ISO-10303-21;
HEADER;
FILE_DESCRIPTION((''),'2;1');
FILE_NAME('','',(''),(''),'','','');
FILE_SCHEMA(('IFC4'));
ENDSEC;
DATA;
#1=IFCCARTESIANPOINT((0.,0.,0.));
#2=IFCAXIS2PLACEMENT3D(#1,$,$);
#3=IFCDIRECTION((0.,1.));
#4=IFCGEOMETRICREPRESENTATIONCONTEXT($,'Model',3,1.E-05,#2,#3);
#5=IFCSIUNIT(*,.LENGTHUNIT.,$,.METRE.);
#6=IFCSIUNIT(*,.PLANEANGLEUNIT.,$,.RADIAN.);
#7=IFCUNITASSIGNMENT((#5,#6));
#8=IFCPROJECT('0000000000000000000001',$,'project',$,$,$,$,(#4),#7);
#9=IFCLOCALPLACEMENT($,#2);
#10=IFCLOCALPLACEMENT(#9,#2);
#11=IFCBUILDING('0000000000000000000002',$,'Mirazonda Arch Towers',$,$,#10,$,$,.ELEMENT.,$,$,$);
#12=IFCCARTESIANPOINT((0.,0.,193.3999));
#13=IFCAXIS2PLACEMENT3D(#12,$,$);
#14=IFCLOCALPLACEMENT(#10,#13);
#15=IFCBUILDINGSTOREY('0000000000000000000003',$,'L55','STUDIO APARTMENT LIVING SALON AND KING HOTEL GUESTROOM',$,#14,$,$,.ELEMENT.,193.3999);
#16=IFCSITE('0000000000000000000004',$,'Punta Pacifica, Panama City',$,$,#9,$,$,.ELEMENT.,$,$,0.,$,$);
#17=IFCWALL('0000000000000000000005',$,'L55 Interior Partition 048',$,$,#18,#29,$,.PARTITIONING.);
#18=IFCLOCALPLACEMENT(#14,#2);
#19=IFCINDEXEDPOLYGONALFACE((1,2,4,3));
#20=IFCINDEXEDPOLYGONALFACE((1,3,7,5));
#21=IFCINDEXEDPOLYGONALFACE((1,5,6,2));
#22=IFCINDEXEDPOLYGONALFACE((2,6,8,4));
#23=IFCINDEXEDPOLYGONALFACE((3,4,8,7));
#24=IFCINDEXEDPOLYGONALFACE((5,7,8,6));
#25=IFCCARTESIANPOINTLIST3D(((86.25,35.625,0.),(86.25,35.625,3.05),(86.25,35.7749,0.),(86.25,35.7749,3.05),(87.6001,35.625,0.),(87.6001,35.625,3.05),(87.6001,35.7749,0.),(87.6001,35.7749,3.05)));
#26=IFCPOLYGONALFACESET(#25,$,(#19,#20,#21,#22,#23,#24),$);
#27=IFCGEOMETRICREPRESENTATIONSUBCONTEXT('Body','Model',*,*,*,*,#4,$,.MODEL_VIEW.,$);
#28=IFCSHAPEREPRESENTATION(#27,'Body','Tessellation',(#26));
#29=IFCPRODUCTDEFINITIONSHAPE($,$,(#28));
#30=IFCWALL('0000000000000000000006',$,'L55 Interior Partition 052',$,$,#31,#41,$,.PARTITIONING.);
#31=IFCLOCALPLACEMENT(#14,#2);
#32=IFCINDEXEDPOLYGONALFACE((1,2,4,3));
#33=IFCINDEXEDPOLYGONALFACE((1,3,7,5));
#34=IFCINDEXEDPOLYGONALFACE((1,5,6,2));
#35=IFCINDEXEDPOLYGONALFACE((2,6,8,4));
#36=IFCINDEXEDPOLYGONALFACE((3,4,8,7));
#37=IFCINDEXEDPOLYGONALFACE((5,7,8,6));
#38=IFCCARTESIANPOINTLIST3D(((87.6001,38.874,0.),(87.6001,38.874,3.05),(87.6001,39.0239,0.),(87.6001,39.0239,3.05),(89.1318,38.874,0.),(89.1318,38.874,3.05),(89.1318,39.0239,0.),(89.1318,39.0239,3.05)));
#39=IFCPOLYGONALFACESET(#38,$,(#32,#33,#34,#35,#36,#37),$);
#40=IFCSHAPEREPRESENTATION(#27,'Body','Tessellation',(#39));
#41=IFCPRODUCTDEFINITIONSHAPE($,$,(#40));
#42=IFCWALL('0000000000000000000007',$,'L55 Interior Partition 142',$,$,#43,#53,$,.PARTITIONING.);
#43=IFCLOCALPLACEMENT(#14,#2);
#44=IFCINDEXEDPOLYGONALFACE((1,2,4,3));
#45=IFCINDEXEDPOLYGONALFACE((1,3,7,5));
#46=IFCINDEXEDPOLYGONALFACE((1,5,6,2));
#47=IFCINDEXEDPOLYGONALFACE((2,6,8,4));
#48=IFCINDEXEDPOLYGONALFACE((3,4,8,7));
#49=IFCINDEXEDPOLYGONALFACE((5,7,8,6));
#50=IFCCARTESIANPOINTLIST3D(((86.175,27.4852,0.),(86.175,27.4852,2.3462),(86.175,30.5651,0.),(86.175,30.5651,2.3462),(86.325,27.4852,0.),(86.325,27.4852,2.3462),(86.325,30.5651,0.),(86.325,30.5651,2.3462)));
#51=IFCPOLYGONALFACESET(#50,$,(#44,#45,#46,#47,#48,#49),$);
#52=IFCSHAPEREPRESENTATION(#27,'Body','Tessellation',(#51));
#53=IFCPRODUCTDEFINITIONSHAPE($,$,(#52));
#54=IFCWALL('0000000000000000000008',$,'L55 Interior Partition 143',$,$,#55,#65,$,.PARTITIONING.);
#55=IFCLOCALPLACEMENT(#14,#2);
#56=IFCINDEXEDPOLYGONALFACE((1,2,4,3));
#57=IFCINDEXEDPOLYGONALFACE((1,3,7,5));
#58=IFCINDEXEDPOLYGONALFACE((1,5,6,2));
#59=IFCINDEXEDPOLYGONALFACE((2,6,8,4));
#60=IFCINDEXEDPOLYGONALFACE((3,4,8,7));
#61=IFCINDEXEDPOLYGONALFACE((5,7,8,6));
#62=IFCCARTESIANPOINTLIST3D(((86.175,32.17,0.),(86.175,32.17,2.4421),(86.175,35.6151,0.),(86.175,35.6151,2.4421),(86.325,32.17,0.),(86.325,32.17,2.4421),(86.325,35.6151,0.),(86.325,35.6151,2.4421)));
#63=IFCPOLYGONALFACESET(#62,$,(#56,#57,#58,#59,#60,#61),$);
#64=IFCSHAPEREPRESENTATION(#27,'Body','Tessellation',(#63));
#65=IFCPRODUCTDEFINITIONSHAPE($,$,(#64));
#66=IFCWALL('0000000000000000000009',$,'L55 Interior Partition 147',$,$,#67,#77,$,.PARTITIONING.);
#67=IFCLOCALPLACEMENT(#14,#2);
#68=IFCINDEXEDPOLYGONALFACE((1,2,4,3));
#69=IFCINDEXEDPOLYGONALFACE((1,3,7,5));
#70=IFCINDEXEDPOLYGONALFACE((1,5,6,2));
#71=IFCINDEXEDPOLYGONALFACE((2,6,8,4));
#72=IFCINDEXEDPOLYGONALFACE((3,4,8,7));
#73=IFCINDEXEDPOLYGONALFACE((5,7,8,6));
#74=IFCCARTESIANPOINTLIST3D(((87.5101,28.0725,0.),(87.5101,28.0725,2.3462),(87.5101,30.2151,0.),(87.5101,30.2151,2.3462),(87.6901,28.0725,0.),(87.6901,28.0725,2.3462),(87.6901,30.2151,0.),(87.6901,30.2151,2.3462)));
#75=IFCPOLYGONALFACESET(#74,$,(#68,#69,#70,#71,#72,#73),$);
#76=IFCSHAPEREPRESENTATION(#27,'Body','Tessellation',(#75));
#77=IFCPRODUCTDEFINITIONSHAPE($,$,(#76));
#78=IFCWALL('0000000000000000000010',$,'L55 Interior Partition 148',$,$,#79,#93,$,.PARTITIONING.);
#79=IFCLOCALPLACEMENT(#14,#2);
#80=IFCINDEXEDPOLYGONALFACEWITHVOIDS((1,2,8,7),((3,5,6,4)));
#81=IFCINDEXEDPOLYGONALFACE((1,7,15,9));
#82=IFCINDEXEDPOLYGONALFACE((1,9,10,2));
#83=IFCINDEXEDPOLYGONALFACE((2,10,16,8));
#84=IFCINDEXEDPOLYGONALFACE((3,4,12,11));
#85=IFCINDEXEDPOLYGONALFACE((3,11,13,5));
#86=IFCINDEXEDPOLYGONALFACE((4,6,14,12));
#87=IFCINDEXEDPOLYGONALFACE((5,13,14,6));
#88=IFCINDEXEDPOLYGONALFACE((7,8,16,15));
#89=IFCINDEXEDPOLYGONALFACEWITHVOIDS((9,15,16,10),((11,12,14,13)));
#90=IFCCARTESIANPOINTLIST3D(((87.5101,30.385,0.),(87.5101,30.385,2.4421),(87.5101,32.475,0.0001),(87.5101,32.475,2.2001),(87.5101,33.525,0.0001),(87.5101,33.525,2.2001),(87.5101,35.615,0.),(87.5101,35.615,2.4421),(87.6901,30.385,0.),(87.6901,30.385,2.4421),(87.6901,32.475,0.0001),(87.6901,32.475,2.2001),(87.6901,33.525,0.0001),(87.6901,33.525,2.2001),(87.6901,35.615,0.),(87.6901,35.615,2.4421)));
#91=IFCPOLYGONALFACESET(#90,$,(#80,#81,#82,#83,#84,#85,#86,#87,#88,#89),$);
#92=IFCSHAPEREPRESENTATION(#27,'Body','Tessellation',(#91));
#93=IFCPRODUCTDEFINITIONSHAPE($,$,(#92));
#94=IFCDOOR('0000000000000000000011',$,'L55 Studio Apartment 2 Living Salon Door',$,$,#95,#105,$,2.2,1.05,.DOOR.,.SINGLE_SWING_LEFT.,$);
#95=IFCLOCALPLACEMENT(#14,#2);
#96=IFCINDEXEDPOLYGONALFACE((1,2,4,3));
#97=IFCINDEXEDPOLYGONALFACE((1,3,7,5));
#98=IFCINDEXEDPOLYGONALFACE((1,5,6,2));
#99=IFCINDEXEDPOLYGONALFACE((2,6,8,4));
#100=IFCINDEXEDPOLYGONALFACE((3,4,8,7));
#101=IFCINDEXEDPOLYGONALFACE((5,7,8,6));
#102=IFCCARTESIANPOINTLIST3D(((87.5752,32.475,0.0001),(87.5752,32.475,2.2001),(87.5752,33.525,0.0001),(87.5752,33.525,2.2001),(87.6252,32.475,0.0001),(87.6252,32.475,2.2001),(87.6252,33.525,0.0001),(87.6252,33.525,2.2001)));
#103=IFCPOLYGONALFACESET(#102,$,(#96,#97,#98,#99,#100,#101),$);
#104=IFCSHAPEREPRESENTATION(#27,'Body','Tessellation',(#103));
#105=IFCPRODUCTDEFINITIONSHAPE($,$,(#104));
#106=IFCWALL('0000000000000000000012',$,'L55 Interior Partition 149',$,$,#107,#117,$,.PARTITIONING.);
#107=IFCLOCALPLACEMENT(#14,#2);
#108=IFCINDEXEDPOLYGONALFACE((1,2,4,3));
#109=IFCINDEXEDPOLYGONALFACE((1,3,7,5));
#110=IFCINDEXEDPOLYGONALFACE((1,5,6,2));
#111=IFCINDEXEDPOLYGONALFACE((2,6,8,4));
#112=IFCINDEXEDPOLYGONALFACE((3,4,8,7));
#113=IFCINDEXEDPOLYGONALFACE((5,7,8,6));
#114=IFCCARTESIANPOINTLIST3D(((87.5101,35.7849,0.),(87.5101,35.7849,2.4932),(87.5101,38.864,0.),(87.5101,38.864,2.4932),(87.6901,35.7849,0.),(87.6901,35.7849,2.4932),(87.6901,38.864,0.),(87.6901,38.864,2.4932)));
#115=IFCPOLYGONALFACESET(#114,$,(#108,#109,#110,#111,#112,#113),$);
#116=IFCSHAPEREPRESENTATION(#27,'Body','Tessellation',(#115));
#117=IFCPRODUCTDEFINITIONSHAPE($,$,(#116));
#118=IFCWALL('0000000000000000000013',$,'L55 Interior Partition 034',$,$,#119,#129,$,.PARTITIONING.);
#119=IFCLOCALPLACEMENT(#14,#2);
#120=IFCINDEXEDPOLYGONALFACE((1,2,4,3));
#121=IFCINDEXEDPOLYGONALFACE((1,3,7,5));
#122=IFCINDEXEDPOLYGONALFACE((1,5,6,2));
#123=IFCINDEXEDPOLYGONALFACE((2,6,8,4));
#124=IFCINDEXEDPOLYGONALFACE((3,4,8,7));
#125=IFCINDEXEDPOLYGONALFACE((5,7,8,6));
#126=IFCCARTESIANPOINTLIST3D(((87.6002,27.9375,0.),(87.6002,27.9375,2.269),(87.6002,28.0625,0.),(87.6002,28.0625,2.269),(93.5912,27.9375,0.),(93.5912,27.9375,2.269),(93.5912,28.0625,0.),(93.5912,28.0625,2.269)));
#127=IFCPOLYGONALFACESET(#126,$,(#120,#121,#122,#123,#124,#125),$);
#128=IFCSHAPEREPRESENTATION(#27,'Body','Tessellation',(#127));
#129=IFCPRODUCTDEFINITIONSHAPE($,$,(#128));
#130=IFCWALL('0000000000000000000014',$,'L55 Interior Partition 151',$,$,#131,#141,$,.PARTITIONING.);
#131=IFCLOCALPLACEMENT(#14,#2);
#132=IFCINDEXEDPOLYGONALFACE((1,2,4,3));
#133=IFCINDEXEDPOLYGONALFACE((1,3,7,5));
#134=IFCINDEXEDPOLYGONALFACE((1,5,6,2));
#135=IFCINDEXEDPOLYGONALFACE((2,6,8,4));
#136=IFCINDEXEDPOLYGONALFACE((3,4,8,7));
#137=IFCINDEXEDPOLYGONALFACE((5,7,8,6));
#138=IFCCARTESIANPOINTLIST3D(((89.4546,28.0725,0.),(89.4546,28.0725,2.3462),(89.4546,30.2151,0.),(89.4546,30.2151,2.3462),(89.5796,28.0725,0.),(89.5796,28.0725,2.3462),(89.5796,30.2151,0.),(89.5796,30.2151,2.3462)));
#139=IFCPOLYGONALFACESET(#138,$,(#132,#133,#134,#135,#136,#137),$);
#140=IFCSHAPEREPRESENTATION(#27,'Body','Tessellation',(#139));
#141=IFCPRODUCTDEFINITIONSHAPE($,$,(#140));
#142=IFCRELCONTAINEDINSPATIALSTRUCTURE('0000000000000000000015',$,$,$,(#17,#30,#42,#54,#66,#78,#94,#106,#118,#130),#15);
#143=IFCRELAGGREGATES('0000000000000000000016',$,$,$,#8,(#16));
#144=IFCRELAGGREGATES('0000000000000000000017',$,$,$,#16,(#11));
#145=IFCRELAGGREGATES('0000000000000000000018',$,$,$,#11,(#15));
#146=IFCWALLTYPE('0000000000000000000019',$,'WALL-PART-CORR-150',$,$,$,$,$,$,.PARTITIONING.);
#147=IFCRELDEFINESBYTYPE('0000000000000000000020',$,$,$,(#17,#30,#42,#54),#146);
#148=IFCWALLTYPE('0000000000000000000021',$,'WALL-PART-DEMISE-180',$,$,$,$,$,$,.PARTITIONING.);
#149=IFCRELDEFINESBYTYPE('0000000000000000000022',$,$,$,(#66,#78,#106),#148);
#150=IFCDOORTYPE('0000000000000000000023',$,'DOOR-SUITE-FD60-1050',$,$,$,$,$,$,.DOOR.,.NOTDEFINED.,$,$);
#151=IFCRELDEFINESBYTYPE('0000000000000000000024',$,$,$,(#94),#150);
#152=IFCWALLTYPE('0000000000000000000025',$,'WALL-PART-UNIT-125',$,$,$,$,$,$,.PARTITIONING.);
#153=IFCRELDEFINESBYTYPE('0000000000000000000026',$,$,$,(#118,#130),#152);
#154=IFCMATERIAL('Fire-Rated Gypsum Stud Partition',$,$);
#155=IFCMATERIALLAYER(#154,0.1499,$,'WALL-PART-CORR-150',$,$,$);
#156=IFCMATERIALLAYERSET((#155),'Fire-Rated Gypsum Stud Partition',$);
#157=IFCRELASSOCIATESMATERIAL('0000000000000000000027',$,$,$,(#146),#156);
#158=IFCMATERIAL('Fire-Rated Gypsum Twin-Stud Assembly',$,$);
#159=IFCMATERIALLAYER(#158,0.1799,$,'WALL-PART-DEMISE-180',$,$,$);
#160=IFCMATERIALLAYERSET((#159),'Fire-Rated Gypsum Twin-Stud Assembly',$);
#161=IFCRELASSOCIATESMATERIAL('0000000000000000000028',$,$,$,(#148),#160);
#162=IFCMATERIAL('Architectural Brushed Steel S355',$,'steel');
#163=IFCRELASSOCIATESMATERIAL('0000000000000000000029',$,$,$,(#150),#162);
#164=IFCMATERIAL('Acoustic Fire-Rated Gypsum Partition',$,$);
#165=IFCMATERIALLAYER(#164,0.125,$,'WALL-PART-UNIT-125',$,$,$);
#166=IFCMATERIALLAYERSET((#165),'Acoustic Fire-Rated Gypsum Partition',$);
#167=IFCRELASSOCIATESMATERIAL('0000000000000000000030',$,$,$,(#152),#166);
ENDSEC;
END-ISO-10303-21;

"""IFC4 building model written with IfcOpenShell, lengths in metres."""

from ifc_helpers import new_model, si_unit, direction, frame, frame_2d, origin, place, context, subcontext, project, spatial, rectangle, extrude, material, layer, layer_set, type_object, element, fill, save


model = new_model("IFC4")

# Units and contexts
model_context = context("Model", 3, precision=1e-05, world=origin(), true_north=direction((0.0, 1.0)))
body_context = subcontext(model_context, "Body", "Model", "MODEL_VIEW")
ifc_project = project(units=[si_unit("LENGTHUNIT", "METRE"), si_unit("PLANEANGLEUNIT", "RADIAN")], contexts=[model_context])

# Site, building, storey
site_placement = place(None, origin())
site = spatial("IfcSite", under=ifc_project, at=site_placement, Name="Punta Pacifica, Panama City", CompositionType="ELEMENT", RefElevation=0.0)
building_placement = place(site_placement, origin())
building = spatial("IfcBuilding", under=site, at=building_placement, Name="Mirazonda Arch Towers", CompositionType="ELEMENT")
storey_placement = place(building_placement, frame((0.0, 0.0, 193.3999)))
storey = spatial("IfcBuildingStorey", under=building, at=storey_placement, Name="L55", Description="STUDIO APARTMENT LIVING SALON AND KING HOTEL GUESTROOM", CompositionType="ELEMENT", Elevation=193.3999)

# Shared definitions
ifc_material_1 = material(Name="Fire-Rated Gypsum Stud Partition")
ifc_layer_1 = layer(ifc_material_1, 0.1499, Name="WALL-PART-CORR-150")
ifc_layer_set_1 = layer_set([ifc_layer_1], Name="Fire-Rated Gypsum Stud Partition")
wall_type_1 = type_object("IfcWallType", Name="WALL-PART-CORR-150", PredefinedType="PARTITIONING", material=ifc_layer_set_1)
ifc_material_2 = material(Name="Architectural Brushed Steel S355", Category="steel")

# Walls
wall_1_placement = place(storey_placement, frame((86.25, 35.7, 0.0), z_axis=(0.0, 0.0, 1.0), x_axis=(1.0, 0.0, 0.0)))
element("IfcWall", 1, at=wall_1_placement, inside=storey, type_object=wall_type_1, Name="L55 Interior Partition 048", PredefinedType="PARTITIONING", context=body_context, shape_type="SweptSolid", body=[
    extrude(rectangle(XDim=1.3501, YDim=0.1499, at=frame_2d((0.675, 0.0))), origin(), (0.0, 0.0, 1.0), 3.05),
])
wall_2_placement = place(storey_placement, frame((87.6001, 38.949, 0.0), z_axis=(0.0, 0.0, 1.0), x_axis=(1.0, 0.0, 0.0)))
element("IfcWall", 2, at=wall_2_placement, inside=storey, type_object=wall_type_1, Name="L55 Interior Partition 052", PredefinedType="PARTITIONING", context=body_context, shape_type="SweptSolid", body=[
    extrude(rectangle(XDim=1.5317, YDim=0.1499, at=frame_2d((0.7659, 0.0))), origin(), (0.0, 0.0, 1.0), 3.05),
])
wall_3_placement = place(storey_placement, frame((86.25, 27.4851, 0.0), z_axis=(0.0, 0.0, 1.0), x_axis=(0.0, 1.0, 0.0)))
element("IfcWall", 3, at=wall_3_placement, inside=storey, type_object=wall_type_1, Name="L55 Interior Partition 142", PredefinedType="PARTITIONING", context=body_context, shape_type="SweptSolid", body=[
    extrude(rectangle(XDim=3.0798, YDim=0.1499, at=frame_2d((1.54, 0.0))), origin(), (0.0, 0.0, 1.0), 2.3462),
])
wall_4_placement = place(storey_placement, frame((86.25, 32.1699, 0.0), z_axis=(0.0, 0.0, 1.0), x_axis=(0.0, 1.0, 0.0)))
element("IfcWall", 4, at=wall_4_placement, inside=storey, type_object=wall_type_1, Name="L55 Interior Partition 143", PredefinedType="PARTITIONING", context=body_context, shape_type="SweptSolid", body=[
    extrude(rectangle(XDim=3.4451, YDim=0.1499, at=frame_2d((1.7227, 0.0))), origin(), (0.0, 0.0, 1.0), 2.4421),
])
ifc_material_3 = material(Name="Fire-Rated Gypsum Twin-Stud Assembly")
ifc_layer_2 = layer(ifc_material_3, 0.1799, Name="WALL-PART-DEMISE-180")
ifc_layer_set_2 = layer_set([ifc_layer_2], Name="Fire-Rated Gypsum Twin-Stud Assembly")
wall_type_2 = type_object("IfcWallType", Name="WALL-PART-DEMISE-180", PredefinedType="PARTITIONING", material=ifc_layer_set_2)
wall_5_placement = place(storey_placement, frame((87.6001, 28.0725, 0.0), z_axis=(0.0, 0.0, 1.0), x_axis=(0.0, 1.0, 0.0)))
element("IfcWall", 5, at=wall_5_placement, inside=storey, type_object=wall_type_2, Name="L55 Interior Partition 147", PredefinedType="PARTITIONING", context=body_context, shape_type="SweptSolid", body=[
    extrude(rectangle(XDim=2.1426, YDim=0.1799, at=frame_2d((1.0713, 0.0))), origin(), (0.0, 0.0, 1.0), 2.3462),
])

# Wall, opening, door
wall_6_placement = place(storey_placement, frame((87.6001, 30.385, 0.0), z_axis=(0.0, 0.0, 1.0), x_axis=(0.0, 1.0, 0.0)))
wall_6 = element("IfcWall", 6, at=wall_6_placement, inside=storey, type_object=wall_type_2, Name="L55 Interior Partition 148", PredefinedType="PARTITIONING", context=body_context, shape_type="SweptSolid", body=[
    extrude(rectangle(XDim=5.23, YDim=0.1799, at=frame_2d((2.615, 0.0))), origin(), (0.0, 0.0, 1.0), 2.4421),
])
opening_1_placement = place(wall_6_placement, frame((2.0901, 0.0, 0.0)))
opening_1 = element("IfcOpeningElement", 7, at=opening_1_placement, cuts=wall_6, PredefinedType="OPENING", context=body_context, shape_type="SweptSolid", body=[
    extrude(rectangle(XDim=1.05, YDim=2.2, at=frame_2d((0.5249, 1.1001))), frame((0.0, 0.0999, 0.0), z_axis=(0.0, -1.0, 0.0), x_axis=(1.0, 0.0, 0.0)), (0.0, 0.0, 1.0), 0.2),
])
door_type_1 = type_object("IfcDoorType", Name="DOOR-SUITE-FD60-1050", OperationType="NOTDEFINED", PredefinedType="DOOR", material=ifc_material_2)
door_1_placement = place(opening_1_placement, origin())
door_1 = element("IfcDoor", 8, at=door_1_placement, inside=storey, type_object=door_type_1, Name="L55 Studio Apartment 2 Living Salon Door", OperationType="SINGLE_SWING_LEFT", OverallHeight=2.2, OverallWidth=1.05, PredefinedType="DOOR", context=body_context, shape_type="SweptSolid", body=[
    extrude(rectangle(XDim=1.05, YDim=2.2, at=frame_2d((0.5249, 1.1001))), frame((0.0, 0.0249, 0.0), z_axis=(0.0, -1.0, 0.0), x_axis=(1.0, 0.0, 0.0)), (0.0, 0.0, 1.0), 0.05),
])
fill(opening_1, door_1)

# Walls
wall_7_placement = place(storey_placement, frame((87.6001, 35.7849, 0.0), z_axis=(0.0, 0.0, 1.0), x_axis=(0.0, 1.0, 0.0)))
element("IfcWall", 9, at=wall_7_placement, inside=storey, type_object=wall_type_2, Name="L55 Interior Partition 149", PredefinedType="PARTITIONING", context=body_context, shape_type="SweptSolid", body=[
    extrude(rectangle(XDim=3.0791, YDim=0.1799, at=frame_2d((1.5396, 0.0))), origin(), (0.0, 0.0, 1.0), 2.4932),
])
ifc_material_4 = material(Name="Acoustic Fire-Rated Gypsum Partition")
ifc_layer_3 = layer(ifc_material_4, 0.125, Name="WALL-PART-UNIT-125")
ifc_layer_set_3 = layer_set([ifc_layer_3], Name="Acoustic Fire-Rated Gypsum Partition")
wall_type_3 = type_object("IfcWallType", Name="WALL-PART-UNIT-125", PredefinedType="PARTITIONING", material=ifc_layer_set_3)
wall_8_placement = place(storey_placement, frame((87.6001, 28.0, 0.0), z_axis=(0.0, 0.0, 1.0), x_axis=(1.0, 0.0, 0.0)))
element("IfcWall", 10, at=wall_8_placement, inside=storey, type_object=wall_type_3, Name="L55 Interior Partition 034", PredefinedType="PARTITIONING", context=body_context, shape_type="SweptSolid", body=[
    extrude(rectangle(XDim=5.991, YDim=0.125, at=frame_2d((2.9956, 0.0))), origin(), (0.0, 0.0, 1.0), 2.269),
])
wall_9_placement = place(storey_placement, frame((89.5171, 28.0725, 0.0), z_axis=(0.0, 0.0, 1.0), x_axis=(0.0, 1.0, 0.0)))
element("IfcWall", 11, at=wall_9_placement, inside=storey, type_object=wall_type_3, Name="L55 Interior Partition 151", PredefinedType="PARTITIONING", context=body_context, shape_type="SweptSolid", body=[
    extrude(rectangle(XDim=2.1426, YDim=0.125, at=frame_2d((1.0713, 0.0))), origin(), (0.0, 0.0, 1.0), 2.3462),
])

save(model, "model.ifc")
